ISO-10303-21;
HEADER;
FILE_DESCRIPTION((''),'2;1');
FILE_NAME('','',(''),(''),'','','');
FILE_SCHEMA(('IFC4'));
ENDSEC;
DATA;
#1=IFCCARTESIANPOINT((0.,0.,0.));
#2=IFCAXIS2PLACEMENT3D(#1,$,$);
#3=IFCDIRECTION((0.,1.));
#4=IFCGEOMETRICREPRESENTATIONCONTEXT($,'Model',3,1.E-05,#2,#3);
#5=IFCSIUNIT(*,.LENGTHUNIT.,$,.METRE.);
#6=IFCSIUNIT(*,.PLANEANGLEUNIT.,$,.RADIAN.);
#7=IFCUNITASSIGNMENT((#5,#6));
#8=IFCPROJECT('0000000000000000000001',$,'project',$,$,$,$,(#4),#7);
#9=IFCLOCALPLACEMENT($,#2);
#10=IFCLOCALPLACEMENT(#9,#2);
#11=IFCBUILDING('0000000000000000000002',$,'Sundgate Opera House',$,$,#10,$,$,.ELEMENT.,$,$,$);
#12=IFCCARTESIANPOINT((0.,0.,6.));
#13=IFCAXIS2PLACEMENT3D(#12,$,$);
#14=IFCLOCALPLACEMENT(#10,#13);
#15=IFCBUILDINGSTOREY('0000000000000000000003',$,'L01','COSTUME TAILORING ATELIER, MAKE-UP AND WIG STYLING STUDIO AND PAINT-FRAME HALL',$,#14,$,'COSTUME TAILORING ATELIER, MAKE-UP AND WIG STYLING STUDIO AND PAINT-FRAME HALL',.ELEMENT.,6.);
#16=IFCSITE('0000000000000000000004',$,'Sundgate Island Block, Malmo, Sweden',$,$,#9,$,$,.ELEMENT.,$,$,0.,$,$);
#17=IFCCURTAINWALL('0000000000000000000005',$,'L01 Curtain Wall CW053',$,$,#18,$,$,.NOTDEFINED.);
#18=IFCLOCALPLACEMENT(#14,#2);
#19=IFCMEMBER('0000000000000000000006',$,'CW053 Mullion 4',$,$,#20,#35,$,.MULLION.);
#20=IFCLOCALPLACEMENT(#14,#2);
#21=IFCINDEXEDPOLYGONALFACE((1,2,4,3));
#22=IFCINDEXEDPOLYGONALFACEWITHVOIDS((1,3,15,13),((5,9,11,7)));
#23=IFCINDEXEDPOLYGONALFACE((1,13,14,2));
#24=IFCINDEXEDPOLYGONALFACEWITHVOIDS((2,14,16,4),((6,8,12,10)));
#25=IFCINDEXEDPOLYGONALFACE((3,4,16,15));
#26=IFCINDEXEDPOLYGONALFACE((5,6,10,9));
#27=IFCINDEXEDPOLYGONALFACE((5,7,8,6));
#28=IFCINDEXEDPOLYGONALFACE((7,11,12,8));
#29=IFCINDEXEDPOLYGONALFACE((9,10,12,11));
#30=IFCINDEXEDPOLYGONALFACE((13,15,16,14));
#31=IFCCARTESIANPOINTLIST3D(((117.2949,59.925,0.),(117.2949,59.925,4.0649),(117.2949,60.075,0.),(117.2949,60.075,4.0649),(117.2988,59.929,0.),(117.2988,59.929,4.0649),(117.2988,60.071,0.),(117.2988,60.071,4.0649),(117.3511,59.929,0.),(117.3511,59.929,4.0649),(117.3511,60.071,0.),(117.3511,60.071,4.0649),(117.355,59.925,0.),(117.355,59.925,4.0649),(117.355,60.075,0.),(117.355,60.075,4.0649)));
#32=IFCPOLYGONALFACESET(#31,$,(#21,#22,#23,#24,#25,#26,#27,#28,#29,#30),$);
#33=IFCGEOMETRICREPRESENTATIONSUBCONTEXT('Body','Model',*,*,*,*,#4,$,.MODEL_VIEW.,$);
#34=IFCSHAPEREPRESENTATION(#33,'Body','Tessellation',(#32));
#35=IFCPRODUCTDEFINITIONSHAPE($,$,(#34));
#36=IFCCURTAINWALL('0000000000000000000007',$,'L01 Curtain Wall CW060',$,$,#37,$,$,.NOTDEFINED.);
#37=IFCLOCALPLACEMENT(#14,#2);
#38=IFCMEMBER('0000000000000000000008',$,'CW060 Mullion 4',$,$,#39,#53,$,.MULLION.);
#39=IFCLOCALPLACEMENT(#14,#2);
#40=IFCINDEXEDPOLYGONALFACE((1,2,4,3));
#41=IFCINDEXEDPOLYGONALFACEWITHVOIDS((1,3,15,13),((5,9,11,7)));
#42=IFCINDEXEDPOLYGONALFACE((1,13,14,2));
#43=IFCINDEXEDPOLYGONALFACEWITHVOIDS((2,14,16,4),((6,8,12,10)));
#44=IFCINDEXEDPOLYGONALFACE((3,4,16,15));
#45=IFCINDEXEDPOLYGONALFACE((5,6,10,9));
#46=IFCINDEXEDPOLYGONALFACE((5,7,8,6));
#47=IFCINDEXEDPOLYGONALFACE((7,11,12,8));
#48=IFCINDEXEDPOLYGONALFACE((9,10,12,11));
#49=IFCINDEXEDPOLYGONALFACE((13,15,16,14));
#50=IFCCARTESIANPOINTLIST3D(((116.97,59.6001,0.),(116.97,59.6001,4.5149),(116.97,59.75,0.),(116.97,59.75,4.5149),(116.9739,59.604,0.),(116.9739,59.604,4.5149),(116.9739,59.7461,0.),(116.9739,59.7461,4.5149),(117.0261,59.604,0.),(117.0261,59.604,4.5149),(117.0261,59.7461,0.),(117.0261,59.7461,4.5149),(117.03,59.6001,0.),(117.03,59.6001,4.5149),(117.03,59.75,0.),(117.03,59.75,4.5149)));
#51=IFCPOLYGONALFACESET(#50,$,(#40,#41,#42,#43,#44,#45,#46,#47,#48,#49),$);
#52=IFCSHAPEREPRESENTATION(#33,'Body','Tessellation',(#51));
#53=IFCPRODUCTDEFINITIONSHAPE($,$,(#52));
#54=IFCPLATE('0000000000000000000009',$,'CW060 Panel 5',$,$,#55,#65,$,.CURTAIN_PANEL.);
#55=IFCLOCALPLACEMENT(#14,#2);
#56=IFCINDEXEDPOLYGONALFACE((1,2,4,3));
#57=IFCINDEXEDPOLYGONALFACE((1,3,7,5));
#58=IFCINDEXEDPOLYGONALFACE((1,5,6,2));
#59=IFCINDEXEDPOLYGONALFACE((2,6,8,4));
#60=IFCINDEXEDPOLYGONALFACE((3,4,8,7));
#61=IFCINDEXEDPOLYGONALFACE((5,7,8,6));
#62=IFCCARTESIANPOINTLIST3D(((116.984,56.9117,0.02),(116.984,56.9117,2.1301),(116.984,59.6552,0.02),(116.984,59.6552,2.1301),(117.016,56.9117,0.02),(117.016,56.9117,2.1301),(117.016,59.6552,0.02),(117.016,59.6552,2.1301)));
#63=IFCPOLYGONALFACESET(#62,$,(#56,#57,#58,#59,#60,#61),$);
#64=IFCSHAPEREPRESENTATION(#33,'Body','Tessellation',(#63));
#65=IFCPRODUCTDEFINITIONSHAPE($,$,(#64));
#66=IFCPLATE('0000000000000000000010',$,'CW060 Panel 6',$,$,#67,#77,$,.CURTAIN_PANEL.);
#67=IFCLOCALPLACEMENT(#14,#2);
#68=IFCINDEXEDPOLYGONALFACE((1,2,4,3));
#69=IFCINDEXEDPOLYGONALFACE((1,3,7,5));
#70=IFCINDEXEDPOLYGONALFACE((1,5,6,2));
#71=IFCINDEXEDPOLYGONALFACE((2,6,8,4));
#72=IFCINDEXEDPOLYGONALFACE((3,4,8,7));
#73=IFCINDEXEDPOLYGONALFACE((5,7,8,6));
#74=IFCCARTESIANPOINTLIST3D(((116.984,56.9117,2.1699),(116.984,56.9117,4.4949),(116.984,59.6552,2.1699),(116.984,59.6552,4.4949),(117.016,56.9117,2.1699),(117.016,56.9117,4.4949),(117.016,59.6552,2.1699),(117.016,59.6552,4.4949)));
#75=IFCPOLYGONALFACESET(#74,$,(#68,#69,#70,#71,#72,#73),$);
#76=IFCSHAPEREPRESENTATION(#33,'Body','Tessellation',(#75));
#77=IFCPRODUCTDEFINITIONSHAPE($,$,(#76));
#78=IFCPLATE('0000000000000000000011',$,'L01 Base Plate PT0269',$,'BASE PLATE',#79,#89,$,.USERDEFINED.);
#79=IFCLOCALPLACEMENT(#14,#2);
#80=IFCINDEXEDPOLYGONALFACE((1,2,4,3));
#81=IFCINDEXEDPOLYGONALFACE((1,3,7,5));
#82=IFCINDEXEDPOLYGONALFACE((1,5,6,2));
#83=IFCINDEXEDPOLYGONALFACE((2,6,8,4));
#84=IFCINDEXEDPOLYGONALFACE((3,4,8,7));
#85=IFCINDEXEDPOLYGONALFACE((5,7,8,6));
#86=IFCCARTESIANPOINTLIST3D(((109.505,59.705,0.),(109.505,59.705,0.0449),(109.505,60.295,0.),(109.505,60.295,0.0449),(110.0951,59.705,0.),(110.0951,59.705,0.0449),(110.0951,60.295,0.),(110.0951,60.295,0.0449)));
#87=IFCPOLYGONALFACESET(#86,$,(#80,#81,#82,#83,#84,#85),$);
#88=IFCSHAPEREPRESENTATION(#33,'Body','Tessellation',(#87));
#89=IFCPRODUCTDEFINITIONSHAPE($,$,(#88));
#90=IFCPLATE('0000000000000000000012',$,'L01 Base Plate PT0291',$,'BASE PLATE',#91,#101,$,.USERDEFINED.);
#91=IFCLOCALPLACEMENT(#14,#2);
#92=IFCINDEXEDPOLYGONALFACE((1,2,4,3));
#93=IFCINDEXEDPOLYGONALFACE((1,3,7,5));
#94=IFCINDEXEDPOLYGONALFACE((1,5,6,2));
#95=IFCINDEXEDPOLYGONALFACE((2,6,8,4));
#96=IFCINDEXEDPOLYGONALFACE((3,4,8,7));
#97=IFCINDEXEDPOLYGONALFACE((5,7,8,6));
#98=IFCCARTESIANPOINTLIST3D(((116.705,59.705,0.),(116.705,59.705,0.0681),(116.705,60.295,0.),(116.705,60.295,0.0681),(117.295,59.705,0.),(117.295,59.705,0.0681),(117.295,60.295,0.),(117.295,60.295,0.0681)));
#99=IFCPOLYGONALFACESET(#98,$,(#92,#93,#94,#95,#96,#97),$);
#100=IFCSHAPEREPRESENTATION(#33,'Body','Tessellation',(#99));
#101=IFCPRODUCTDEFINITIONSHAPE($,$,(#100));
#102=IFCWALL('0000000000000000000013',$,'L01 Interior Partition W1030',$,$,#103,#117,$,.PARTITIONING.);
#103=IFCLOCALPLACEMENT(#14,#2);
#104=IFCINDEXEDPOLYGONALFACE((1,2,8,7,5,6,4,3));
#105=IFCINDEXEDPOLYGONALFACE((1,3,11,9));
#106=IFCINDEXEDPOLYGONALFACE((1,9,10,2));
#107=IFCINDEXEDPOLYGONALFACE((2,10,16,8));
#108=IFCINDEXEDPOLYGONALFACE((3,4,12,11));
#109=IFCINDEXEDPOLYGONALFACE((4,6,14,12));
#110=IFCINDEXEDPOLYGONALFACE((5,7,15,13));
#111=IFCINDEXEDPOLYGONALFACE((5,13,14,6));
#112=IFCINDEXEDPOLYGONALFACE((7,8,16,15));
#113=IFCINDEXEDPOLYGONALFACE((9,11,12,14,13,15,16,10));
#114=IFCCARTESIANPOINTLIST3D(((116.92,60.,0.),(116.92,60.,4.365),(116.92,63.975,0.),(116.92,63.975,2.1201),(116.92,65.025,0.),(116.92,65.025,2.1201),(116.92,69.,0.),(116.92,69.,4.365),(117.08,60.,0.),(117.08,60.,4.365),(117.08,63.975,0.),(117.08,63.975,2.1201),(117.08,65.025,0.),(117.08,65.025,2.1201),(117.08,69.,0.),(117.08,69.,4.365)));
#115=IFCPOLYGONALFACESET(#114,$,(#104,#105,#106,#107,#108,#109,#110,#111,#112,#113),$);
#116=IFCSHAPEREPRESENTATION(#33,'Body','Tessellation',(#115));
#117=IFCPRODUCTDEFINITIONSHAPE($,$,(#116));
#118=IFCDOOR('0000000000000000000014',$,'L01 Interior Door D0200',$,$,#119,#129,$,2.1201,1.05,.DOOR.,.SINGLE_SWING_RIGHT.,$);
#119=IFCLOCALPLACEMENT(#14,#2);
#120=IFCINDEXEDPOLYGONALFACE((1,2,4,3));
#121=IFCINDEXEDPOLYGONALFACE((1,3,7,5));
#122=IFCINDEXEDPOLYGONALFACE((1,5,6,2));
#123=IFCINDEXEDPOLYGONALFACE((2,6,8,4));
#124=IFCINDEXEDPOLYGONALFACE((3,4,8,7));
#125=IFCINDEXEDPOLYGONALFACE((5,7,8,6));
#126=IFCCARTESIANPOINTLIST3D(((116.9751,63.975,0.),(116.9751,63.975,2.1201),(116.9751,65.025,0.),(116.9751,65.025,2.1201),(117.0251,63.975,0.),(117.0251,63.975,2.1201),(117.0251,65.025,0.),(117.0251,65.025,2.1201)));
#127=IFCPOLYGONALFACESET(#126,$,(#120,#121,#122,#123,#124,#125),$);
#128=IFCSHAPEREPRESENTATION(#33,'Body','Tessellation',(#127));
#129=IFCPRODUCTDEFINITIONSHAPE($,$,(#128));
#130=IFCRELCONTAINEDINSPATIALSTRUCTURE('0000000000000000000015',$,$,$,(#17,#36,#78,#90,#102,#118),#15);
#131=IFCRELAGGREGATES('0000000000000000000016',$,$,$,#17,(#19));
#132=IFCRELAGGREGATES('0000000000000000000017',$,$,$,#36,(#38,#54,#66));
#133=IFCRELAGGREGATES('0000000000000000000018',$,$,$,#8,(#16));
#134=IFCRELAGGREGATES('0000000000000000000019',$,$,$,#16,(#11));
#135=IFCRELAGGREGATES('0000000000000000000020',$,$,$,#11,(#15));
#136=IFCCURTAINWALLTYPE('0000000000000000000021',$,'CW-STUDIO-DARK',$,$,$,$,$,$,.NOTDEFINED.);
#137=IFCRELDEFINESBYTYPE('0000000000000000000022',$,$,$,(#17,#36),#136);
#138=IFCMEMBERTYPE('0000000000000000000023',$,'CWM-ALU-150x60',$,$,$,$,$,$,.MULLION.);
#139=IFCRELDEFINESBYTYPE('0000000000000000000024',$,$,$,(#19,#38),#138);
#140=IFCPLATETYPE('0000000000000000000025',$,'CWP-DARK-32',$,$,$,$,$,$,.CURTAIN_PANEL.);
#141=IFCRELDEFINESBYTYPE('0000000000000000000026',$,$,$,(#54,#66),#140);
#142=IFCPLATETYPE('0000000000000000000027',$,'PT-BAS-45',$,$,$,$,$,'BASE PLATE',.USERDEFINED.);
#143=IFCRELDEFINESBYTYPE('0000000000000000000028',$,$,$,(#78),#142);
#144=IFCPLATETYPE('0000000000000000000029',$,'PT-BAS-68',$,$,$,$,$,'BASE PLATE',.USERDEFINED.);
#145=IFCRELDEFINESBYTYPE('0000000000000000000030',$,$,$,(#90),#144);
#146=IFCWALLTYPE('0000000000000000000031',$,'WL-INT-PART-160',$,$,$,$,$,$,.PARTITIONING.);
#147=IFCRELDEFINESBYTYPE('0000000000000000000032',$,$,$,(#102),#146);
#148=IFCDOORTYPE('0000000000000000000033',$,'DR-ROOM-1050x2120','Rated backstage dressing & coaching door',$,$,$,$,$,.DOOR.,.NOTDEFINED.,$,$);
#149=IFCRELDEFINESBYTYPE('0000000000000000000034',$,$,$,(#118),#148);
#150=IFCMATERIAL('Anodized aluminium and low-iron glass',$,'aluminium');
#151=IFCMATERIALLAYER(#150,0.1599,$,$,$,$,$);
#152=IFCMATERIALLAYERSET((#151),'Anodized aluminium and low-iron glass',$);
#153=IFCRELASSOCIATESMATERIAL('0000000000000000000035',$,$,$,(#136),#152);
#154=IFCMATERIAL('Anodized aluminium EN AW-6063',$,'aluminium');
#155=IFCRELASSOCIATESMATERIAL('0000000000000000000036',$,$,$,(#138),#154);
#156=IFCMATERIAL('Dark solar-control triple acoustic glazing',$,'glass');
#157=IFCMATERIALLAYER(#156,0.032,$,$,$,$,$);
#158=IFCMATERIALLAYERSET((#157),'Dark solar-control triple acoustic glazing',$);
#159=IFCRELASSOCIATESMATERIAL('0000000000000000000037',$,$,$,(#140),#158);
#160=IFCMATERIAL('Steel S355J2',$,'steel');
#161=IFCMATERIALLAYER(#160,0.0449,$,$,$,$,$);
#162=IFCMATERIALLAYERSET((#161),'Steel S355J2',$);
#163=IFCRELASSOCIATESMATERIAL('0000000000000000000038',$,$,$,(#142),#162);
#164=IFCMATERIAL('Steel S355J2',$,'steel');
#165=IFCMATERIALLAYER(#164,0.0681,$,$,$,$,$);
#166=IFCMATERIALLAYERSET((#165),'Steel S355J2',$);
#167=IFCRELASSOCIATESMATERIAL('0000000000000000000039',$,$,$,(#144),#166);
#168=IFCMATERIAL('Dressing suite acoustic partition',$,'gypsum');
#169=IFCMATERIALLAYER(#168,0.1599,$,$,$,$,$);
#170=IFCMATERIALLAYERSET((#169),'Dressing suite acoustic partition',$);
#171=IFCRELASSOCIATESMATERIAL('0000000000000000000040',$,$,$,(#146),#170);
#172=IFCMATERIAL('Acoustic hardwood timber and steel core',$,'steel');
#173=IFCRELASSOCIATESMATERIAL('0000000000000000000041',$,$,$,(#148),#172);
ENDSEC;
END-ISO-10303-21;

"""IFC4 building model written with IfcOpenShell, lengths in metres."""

from ifc_helpers import new_model, si_unit, direction, frame, frame_2d, origin, origin_2d, place, context, subcontext, project, spatial, rectangle, hollow_rectangle, extrude, material, layer, layer_set, material_profile, profile_set, type_object, element, fill, aggregate, save


model = new_model("IFC4")

# Units and contexts
model_context = context("Model", 3, precision=1e-05, world=origin(), true_north=direction((0.0, 1.0)))
body_context = subcontext(model_context, "Body", "Model", "MODEL_VIEW")
ifc_project = project(units=[si_unit("LENGTHUNIT", "METRE"), si_unit("PLANEANGLEUNIT", "RADIAN")], contexts=[model_context])

# Site, building, storey
site_placement = place(None, origin())
site = spatial("IfcSite", under=ifc_project, at=site_placement, Name="Sundgate Island Block, Malmo, Sweden", CompositionType="ELEMENT", RefElevation=0.0)
building_placement = place(site_placement, origin())
building = spatial("IfcBuilding", under=site, at=building_placement, Name="Sundgate Opera House", CompositionType="ELEMENT")
storey_placement = place(building_placement, frame((0.0, 0.0, 6.0)))
storey = spatial("IfcBuildingStorey", under=building, at=storey_placement, Name="L01", Description="COSTUME TAILORING ATELIER, MAKE-UP AND WIG STYLING STUDIO AND PAINT-FRAME HALL", LongName="COSTUME TAILORING ATELIER, MAKE-UP AND WIG STYLING STUDIO AND PAINT-FRAME HALL", CompositionType="ELEMENT", Elevation=6.0)

# Curtain wall, member
ifc_material_1 = material(Name="Anodized aluminium and low-iron glass", Category="aluminium")
ifc_layer_1 = layer(ifc_material_1, 0.1599)
ifc_layer_set_1 = layer_set([ifc_layer_1], Name="Anodized aluminium and low-iron glass")
curtain_wall_type = type_object("IfcCurtainWallType", Name="CW-STUDIO-DARK", PredefinedType="NOTDEFINED", material=ifc_layer_set_1)
curtain_wall_1_placement = place(storey_placement, origin())
curtain_wall_1 = element("IfcCurtainWall", 1, at=curtain_wall_1_placement, inside=storey, type_object=curtain_wall_type, Name="L01 Curtain Wall CW053", PredefinedType="NOTDEFINED")
ifc_material_2 = material(Name="Anodized aluminium EN AW-6063", Category="aluminium")
ifc_material_profile_1 = material_profile(ifc_material_2, hollow_rectangle(XDim=0.0601, YDim=0.1499, WallThickness=0.0039, at=origin_2d()), Name="CWM 150x60x4")
ifc_profile_set_1 = profile_set([ifc_material_profile_1], Name="Anodized aluminium EN AW-6063")
member_type = type_object("IfcMemberType", Name="CWM-ALU-150x60", PredefinedType="MULLION", material=ifc_profile_set_1)
member_1_placement = place(storey_placement, frame((117.325, 60.0, 0.0), z_axis=(0.0, 0.0, 1.0), x_axis=(1.0, 0.0, 0.0)))
member_1 = element("IfcMember", 2, at=member_1_placement, type_object=member_type, Name="CW053 Mullion 4", PredefinedType="MULLION", context=body_context, shape_type="SweptSolid", body=[
    extrude(hollow_rectangle(XDim=0.0601, YDim=0.1499, WallThickness=0.0039, at=origin_2d()), origin(), (0.0, 0.0, 1.0), 4.0649),
])
aggregate(curtain_wall_1, [member_1])

# Curtain wall, member, plates
curtain_wall_2_placement = place(storey_placement, origin())
curtain_wall_2 = element("IfcCurtainWall", 3, at=curtain_wall_2_placement, inside=storey, type_object=curtain_wall_type, Name="L01 Curtain Wall CW060", PredefinedType="NOTDEFINED")
member_2_placement = place(storey_placement, frame((117.0, 59.675, 0.0), z_axis=(0.0, 0.0, 1.0), x_axis=(1.0, 0.0, 0.0)))
member_2 = element("IfcMember", 4, at=member_2_placement, type_object=member_type, Name="CW060 Mullion 4", PredefinedType="MULLION", context=body_context, shape_type="SweptSolid", body=[
    extrude(hollow_rectangle(XDim=0.0601, YDim=0.1499, WallThickness=0.0039, at=origin_2d()), origin(), (0.0, 0.0, 1.0), 4.5149),
])
ifc_material_3 = material(Name="Dark solar-control triple acoustic glazing", Category="glass")
ifc_layer_2 = layer(ifc_material_3, 0.032)
ifc_layer_set_2 = layer_set([ifc_layer_2], Name="Dark solar-control triple acoustic glazing")
plate_type_1 = type_object("IfcPlateType", Name="CWP-DARK-32", PredefinedType="CURTAIN_PANEL", material=ifc_layer_set_2)
plate_1_placement = place(storey_placement, frame((117.0, 58.2834, 0.02), z_axis=(0.0, 0.0, 1.0), x_axis=(0.0, 1.0, 0.0)))
plate_1 = element("IfcPlate", 5, at=plate_1_placement, type_object=plate_type_1, Name="CW060 Panel 5", PredefinedType="CURTAIN_PANEL", context=body_context, shape_type="SweptSolid", body=[
    extrude(rectangle(XDim=2.7434, YDim=0.032, at=origin_2d()), origin(), (0.0, 0.0, 1.0), 2.1101),
])
plate_2_placement = place(storey_placement, frame((117.0, 58.2834, 2.1699), z_axis=(0.0, 0.0, 1.0), x_axis=(0.0, 1.0, 0.0)))
plate_2 = element("IfcPlate", 6, at=plate_2_placement, type_object=plate_type_1, Name="CW060 Panel 6", PredefinedType="CURTAIN_PANEL", context=body_context, shape_type="SweptSolid", body=[
    extrude(rectangle(XDim=2.7434, YDim=0.032, at=origin_2d()), origin(), (0.0, 0.0, 1.0), 2.325),
])
aggregate(curtain_wall_2, [member_2, plate_1, plate_2])

# Plates
ifc_material_4 = material(Name="Steel S355J2", Category="steel")
ifc_layer_3 = layer(ifc_material_4, 0.0449)
ifc_layer_set_3 = layer_set([ifc_layer_3], Name="Steel S355J2")
plate_type_2 = type_object("IfcPlateType", Name="PT-BAS-45", ElementType="BASE PLATE", PredefinedType="USERDEFINED", material=ifc_layer_set_3)
plate_3_placement = place(storey_placement, frame((109.8, 60.0, 0.0), z_axis=(0.0, 0.0, 1.0), x_axis=(1.0, 0.0, 0.0)))
element("IfcPlate", 7, at=plate_3_placement, inside=storey, type_object=plate_type_2, Name="L01 Base Plate PT0269", ObjectType="BASE PLATE", PredefinedType="USERDEFINED", context=body_context, shape_type="SweptSolid", body=[
    extrude(rectangle(XDim=0.5901, YDim=0.5901, at=origin_2d()), origin(), (0.0, 0.0, 1.0), 0.0449),
])
ifc_material_5 = material(Name="Steel S355J2", Category="steel")
ifc_layer_4 = layer(ifc_material_5, 0.0681)
ifc_layer_set_4 = layer_set([ifc_layer_4], Name="Steel S355J2")
plate_type_3 = type_object("IfcPlateType", Name="PT-BAS-68", ElementType="BASE PLATE", PredefinedType="USERDEFINED", material=ifc_layer_set_4)
plate_4_placement = place(storey_placement, frame((117.0, 60.0, 0.0), z_axis=(0.0, 0.0, 1.0), x_axis=(1.0, 0.0, 0.0)))
element("IfcPlate", 8, at=plate_4_placement, inside=storey, type_object=plate_type_3, Name="L01 Base Plate PT0291", ObjectType="BASE PLATE", PredefinedType="USERDEFINED", context=body_context, shape_type="SweptSolid", body=[
    extrude(rectangle(XDim=0.5901, YDim=0.5901, at=origin_2d()), origin(), (0.0, 0.0, 1.0), 0.0681),
])

# Wall, opening, door
ifc_material_6 = material(Name="Dressing suite acoustic partition", Category="gypsum")
ifc_layer_5 = layer(ifc_material_6, 0.1599)
ifc_layer_set_5 = layer_set([ifc_layer_5], Name="Dressing suite acoustic partition")
wall_type = type_object("IfcWallType", Name="WL-INT-PART-160", PredefinedType="PARTITIONING", material=ifc_layer_set_5)
wall_placement = place(storey_placement, frame((117.0, 60.0, 0.0), z_axis=(0.0, 0.0, 1.0), x_axis=(0.0, 1.0, 0.0)))
wall = element("IfcWall", 9, at=wall_placement, inside=storey, type_object=wall_type, Name="L01 Interior Partition W1030", PredefinedType="PARTITIONING", context=body_context, shape_type="SweptSolid", body=[
    extrude(rectangle(XDim=9.0, YDim=0.1599, at=frame_2d((4.5, 0.0))), origin(), (0.0, 0.0, 1.0), 4.365),
])
opening_placement = place(wall_placement, frame((3.9751, 0.0, 0.0)))
opening = element("IfcOpeningElement", 10, at=opening_placement, cuts=wall, PredefinedType="OPENING", context=body_context, shape_type="SweptSolid", body=[
    extrude(rectangle(XDim=1.05, YDim=2.1201, at=frame_2d((0.5249, 1.0601))), frame((0.0, 0.0898, 0.0), z_axis=(0.0, -1.0, 0.0), x_axis=(1.0, 0.0, 0.0)), (0.0, 0.0, 1.0), 0.1799),
])
ifc_material_7 = material(Name="Acoustic hardwood timber and steel core", Category="steel")
door_type = type_object("IfcDoorType", Name="DR-ROOM-1050x2120", Description="Rated backstage dressing & coaching door", OperationType="NOTDEFINED", PredefinedType="DOOR", material=ifc_material_7)
door_placement = place(opening_placement, origin())
door = element("IfcDoor", 11, at=door_placement, inside=storey, type_object=door_type, Name="L01 Interior Door D0200", OperationType="SINGLE_SWING_RIGHT", OverallHeight=2.1201, OverallWidth=1.05, PredefinedType="DOOR", context=body_context, shape_type="SweptSolid", body=[
    extrude(rectangle(XDim=1.05, YDim=2.1201, at=frame_2d((0.5249, 1.0601))), frame((0.0, 0.0249, 0.0), z_axis=(0.0, -1.0, 0.0), x_axis=(1.0, 0.0, 0.0)), (0.0, 0.0, 1.0), 0.05),
])
fill(opening, door)

save(model, "model.ifc")
